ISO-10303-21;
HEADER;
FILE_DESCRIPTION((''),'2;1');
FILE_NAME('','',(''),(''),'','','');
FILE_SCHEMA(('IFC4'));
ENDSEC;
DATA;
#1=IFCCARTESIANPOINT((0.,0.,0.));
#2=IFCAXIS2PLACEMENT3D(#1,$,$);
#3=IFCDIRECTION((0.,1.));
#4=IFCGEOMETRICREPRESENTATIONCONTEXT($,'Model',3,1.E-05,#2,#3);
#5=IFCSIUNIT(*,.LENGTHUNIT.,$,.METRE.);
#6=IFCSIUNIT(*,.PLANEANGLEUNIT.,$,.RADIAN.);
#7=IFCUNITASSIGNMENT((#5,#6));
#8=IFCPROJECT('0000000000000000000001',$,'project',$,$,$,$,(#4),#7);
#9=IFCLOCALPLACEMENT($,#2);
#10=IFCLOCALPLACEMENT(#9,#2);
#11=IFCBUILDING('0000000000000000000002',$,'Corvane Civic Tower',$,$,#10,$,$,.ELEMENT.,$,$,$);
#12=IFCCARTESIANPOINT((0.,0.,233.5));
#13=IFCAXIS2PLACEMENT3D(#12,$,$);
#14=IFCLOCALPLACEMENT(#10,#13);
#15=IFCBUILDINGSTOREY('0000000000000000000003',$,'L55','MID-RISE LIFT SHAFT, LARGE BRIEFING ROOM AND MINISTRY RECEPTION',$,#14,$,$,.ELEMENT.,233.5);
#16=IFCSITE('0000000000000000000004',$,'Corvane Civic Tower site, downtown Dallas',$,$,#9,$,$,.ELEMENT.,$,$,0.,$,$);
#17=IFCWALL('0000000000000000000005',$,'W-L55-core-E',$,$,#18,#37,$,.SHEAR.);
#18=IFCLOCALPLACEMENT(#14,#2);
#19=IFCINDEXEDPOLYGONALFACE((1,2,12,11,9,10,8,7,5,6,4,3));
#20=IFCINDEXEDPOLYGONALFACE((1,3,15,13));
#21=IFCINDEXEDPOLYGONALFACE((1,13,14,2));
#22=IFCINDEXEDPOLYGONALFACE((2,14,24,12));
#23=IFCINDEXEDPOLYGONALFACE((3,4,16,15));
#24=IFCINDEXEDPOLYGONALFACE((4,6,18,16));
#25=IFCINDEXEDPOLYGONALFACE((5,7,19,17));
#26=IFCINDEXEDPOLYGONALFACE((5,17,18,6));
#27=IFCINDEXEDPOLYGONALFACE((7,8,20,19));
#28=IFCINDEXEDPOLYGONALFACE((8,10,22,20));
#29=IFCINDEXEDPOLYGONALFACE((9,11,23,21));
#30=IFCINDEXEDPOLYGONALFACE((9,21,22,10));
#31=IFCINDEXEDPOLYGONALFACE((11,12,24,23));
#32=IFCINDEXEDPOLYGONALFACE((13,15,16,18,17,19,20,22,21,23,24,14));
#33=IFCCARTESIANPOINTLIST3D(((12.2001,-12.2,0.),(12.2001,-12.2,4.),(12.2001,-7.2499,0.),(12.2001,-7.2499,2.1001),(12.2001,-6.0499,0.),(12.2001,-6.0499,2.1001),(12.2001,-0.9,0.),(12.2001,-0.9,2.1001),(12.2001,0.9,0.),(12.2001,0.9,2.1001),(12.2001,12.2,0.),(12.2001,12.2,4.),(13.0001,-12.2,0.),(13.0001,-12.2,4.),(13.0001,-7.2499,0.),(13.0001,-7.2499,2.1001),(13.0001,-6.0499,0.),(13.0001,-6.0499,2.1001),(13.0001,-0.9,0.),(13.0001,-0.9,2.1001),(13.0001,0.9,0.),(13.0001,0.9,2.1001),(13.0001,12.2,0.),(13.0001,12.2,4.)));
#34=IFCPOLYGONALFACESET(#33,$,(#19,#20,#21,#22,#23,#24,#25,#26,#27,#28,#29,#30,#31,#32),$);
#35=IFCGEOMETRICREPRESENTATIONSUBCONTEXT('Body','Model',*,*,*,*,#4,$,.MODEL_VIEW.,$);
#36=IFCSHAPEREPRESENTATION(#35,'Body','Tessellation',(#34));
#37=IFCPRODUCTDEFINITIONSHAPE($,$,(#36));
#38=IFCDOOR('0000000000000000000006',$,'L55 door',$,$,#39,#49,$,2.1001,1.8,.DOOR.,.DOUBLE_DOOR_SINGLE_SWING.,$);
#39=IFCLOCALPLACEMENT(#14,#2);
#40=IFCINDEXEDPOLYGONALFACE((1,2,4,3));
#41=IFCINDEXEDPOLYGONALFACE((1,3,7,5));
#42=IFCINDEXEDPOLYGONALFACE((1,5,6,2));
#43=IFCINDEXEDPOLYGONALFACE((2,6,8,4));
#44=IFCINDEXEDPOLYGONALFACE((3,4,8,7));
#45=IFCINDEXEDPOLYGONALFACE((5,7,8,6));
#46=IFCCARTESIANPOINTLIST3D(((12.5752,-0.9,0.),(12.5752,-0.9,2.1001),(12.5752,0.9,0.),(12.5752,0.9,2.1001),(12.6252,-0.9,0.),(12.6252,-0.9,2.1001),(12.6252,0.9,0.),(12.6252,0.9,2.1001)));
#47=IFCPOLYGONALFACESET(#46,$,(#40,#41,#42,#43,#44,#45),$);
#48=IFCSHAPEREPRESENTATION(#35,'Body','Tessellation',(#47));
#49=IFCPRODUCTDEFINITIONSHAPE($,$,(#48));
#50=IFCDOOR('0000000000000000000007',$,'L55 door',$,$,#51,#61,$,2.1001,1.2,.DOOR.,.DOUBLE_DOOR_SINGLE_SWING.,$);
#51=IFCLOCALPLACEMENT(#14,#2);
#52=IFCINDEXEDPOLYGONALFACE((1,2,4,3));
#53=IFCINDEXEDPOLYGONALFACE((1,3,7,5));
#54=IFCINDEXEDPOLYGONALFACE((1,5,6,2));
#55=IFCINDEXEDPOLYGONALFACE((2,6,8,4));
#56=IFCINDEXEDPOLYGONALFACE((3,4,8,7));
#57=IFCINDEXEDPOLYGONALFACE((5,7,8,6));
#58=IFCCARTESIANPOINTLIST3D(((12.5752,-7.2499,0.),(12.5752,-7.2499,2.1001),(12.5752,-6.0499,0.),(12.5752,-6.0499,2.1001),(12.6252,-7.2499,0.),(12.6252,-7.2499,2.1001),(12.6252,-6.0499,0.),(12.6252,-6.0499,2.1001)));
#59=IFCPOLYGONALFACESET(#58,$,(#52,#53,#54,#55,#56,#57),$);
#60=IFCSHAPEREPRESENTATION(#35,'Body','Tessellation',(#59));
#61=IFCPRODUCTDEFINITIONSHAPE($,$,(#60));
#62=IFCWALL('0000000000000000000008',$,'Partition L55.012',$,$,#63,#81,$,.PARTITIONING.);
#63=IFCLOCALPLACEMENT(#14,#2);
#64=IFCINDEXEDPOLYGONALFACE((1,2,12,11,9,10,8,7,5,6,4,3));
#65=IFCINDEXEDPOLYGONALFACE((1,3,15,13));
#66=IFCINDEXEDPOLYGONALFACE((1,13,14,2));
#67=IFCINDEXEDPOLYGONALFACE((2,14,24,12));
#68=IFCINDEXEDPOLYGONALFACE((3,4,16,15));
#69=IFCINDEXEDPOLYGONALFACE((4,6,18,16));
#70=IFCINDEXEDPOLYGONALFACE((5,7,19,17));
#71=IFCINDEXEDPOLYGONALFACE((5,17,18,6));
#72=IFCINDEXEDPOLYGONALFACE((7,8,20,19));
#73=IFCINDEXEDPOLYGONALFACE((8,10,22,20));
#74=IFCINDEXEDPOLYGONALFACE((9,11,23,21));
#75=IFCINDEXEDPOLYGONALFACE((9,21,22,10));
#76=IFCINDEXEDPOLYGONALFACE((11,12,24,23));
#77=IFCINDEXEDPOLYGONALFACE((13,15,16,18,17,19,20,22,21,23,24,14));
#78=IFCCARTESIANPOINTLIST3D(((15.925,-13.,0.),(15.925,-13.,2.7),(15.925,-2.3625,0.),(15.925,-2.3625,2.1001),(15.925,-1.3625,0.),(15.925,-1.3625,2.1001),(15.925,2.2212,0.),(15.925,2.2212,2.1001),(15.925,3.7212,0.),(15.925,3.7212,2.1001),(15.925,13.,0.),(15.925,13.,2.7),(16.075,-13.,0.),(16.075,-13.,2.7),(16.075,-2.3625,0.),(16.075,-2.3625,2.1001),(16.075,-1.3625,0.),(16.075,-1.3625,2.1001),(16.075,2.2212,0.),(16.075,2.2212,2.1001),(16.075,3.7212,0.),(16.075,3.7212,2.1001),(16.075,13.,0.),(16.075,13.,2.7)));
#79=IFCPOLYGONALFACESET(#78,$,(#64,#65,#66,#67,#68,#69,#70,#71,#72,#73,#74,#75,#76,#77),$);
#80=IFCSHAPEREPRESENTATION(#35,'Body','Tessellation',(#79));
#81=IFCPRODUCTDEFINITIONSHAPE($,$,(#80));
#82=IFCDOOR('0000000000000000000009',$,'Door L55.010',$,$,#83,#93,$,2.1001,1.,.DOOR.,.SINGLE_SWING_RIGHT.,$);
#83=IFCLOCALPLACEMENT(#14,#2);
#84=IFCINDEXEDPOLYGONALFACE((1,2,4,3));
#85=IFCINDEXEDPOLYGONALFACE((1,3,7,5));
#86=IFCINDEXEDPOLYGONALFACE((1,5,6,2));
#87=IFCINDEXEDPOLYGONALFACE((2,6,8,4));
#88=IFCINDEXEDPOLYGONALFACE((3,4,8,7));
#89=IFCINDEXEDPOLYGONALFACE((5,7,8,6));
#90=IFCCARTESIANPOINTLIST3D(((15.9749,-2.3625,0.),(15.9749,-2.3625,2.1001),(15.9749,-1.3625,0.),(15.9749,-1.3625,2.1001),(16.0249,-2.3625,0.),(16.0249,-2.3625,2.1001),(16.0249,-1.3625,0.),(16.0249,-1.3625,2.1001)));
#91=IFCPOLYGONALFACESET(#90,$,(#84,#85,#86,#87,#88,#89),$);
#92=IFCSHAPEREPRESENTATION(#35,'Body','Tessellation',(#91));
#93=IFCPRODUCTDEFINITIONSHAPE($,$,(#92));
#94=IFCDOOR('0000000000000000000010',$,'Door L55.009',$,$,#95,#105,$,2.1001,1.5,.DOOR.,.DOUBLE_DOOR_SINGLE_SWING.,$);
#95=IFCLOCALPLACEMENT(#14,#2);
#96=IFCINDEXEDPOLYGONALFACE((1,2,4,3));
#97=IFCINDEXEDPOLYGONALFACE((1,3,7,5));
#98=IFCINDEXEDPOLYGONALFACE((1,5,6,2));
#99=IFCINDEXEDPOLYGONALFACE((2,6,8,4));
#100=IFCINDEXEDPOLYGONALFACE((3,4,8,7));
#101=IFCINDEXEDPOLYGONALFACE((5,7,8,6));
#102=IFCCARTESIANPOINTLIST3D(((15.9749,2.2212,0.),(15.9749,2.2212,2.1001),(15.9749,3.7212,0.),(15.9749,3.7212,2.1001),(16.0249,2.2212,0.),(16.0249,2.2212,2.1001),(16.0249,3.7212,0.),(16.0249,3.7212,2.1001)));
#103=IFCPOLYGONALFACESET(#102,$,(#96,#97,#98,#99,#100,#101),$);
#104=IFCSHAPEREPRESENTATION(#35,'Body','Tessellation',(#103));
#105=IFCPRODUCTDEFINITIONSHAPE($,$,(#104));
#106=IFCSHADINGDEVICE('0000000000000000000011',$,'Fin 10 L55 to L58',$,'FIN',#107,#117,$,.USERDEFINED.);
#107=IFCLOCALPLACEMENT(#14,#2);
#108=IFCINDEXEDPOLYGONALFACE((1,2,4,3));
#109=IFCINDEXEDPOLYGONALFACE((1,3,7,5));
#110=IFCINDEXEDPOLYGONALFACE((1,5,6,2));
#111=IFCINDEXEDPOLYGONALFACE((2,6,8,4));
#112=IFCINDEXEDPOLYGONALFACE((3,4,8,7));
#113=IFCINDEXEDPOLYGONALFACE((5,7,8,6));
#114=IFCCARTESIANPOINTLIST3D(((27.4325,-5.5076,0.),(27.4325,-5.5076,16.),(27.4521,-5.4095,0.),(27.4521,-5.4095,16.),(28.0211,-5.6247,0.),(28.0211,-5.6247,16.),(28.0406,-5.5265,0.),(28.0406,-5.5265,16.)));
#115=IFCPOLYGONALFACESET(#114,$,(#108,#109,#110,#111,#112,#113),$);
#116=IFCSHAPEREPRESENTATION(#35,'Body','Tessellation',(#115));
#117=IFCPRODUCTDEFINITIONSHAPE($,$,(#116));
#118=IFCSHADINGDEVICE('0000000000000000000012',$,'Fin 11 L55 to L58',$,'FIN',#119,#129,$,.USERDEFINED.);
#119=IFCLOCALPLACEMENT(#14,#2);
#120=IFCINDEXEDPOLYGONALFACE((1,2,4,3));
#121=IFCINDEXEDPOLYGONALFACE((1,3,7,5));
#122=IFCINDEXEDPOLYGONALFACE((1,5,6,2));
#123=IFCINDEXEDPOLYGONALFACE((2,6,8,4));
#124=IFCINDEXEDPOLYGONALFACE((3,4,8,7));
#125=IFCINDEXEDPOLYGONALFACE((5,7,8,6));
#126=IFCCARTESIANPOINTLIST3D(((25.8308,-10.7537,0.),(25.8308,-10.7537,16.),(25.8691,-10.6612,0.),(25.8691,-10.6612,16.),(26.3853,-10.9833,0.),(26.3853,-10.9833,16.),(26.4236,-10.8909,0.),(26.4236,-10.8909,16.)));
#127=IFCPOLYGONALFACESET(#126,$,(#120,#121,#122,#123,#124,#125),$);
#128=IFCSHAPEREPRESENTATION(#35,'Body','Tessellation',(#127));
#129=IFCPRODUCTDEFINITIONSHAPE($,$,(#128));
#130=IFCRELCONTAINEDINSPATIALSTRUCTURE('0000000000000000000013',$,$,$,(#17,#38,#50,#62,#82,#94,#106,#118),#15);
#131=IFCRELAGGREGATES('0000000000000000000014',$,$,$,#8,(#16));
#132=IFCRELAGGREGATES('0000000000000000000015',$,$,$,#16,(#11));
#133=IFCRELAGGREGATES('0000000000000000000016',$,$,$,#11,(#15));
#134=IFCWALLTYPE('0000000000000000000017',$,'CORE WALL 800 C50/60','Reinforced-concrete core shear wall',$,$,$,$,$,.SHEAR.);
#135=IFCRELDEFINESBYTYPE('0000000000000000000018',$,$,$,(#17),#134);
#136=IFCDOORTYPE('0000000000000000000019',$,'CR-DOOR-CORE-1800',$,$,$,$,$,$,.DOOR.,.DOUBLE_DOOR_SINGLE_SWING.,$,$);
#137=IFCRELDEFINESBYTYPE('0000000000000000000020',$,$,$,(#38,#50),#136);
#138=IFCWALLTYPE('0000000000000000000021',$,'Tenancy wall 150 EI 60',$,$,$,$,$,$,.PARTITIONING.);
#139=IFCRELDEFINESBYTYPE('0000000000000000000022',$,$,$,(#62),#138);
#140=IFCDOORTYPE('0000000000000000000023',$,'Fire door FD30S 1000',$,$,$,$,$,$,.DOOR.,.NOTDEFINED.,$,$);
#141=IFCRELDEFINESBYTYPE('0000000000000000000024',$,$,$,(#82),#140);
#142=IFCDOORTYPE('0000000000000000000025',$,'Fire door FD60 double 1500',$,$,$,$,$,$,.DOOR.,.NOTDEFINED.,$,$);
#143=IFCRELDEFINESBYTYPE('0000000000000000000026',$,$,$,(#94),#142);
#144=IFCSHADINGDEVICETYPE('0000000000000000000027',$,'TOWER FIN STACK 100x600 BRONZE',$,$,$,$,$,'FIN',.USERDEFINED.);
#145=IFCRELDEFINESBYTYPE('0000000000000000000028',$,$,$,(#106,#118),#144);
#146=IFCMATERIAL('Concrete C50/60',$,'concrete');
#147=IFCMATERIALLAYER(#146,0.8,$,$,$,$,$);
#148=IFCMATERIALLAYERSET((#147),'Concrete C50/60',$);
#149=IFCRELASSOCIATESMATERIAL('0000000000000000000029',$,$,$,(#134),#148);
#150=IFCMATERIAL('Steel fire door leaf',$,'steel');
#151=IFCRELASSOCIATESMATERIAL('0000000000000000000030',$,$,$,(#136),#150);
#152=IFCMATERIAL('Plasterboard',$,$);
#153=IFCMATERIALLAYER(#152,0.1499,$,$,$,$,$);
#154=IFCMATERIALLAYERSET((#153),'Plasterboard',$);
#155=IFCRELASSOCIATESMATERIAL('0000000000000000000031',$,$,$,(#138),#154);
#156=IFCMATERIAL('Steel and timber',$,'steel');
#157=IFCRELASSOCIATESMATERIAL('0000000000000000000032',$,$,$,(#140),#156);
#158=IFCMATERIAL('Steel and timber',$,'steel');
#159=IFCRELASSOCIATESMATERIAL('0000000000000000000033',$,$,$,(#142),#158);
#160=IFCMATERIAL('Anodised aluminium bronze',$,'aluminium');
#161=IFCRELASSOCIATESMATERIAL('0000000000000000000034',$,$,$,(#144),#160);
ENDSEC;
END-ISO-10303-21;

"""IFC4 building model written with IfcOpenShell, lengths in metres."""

from ifc_helpers import new_model, si_unit, direction, frame, frame_2d, origin, origin_2d, place, context, subcontext, project, spatial, rectangle, extrude, material, layer, layer_set, material_profile, profile_set, type_object, element, fill, save


model = new_model("IFC4")

# Units and contexts
model_context = context("Model", 3, precision=1e-05, world=origin(), true_north=direction((0.0, 1.0)))
body_context = subcontext(model_context, "Body", "Model", "MODEL_VIEW")
ifc_project = project(units=[si_unit("LENGTHUNIT", "METRE"), si_unit("PLANEANGLEUNIT", "RADIAN")], contexts=[model_context])

# Site, building, storey
site_placement = place(None, origin())
site = spatial("IfcSite", under=ifc_project, at=site_placement, Name="Corvane Civic Tower site, downtown Dallas", CompositionType="ELEMENT", RefElevation=0.0)
building_placement = place(site_placement, origin())
building = spatial("IfcBuilding", under=site, at=building_placement, Name="Corvane Civic Tower", CompositionType="ELEMENT")
storey_placement = place(building_placement, frame((0.0, 0.0, 233.5)))
storey = spatial("IfcBuildingStorey", under=building, at=storey_placement, Name="L55", Description="MID-RISE LIFT SHAFT, LARGE BRIEFING ROOM AND MINISTRY RECEPTION", CompositionType="ELEMENT", Elevation=233.5)

# Walls, openings, doors
ifc_material_1 = material(Name="Concrete C50/60", Category="concrete")
ifc_layer_1 = layer(ifc_material_1, 0.8)
ifc_layer_set_1 = layer_set([ifc_layer_1], Name="Concrete C50/60")
wall_type_1 = type_object("IfcWallType", Name="CORE WALL 800 C50/60", Description="Reinforced-concrete core shear wall", PredefinedType="SHEAR", material=ifc_layer_set_1)
wall_1_placement = place(storey_placement, frame((12.6001, -12.2, 0.0), z_axis=(0.0, 0.0, 1.0), x_axis=(0.0, 1.0, 0.0)))
wall_1 = element("IfcWall", 1, at=wall_1_placement, inside=storey, type_object=wall_type_1, Name="W-L55-core-E", PredefinedType="SHEAR", context=body_context, shape_type="SweptSolid", body=[
    extrude(rectangle(XDim=24.3999, YDim=0.8, at=frame_2d((12.2, 0.0))), origin(), (0.0, 0.0, 1.0), 4.0),
])
opening_1_placement = place(wall_1_placement, frame((11.3, 0.0, 0.0)))
opening_1 = element("IfcOpeningElement", 2, at=opening_1_placement, cuts=wall_1, PredefinedType="OPENING", context=body_context, shape_type="SweptSolid", body=[
    extrude(rectangle(XDim=1.8, YDim=2.1001, at=frame_2d((0.8999, 1.05))), frame((0.0, 0.4099, 0.0), z_axis=(0.0, -1.0, 0.0), x_axis=(1.0, 0.0, 0.0)), (0.0, 0.0, 1.0), 0.8201),
])
opening_2_placement = place(wall_1_placement, frame((4.95, 0.0, 0.0)))
opening_2 = element("IfcOpeningElement", 3, at=opening_2_placement, cuts=wall_1, PredefinedType="OPENING", context=body_context, shape_type="SweptSolid", body=[
    extrude(rectangle(XDim=1.2, YDim=2.1001, at=frame_2d((0.6001, 1.05))), frame((0.0, 0.4099, 0.0), z_axis=(0.0, -1.0, 0.0), x_axis=(1.0, 0.0, 0.0)), (0.0, 0.0, 1.0), 0.8201),
])
ifc_material_2 = material(Name="Steel fire door leaf", Category="steel")
door_type_1 = type_object("IfcDoorType", Name="CR-DOOR-CORE-1800", OperationType="DOUBLE_DOOR_SINGLE_SWING", PredefinedType="DOOR", material=ifc_material_2)
door_1_placement = place(opening_1_placement, origin())
door_1 = element("IfcDoor", 4, at=door_1_placement, inside=storey, type_object=door_type_1, Name="L55 door", OperationType="DOUBLE_DOOR_SINGLE_SWING", OverallHeight=2.1001, OverallWidth=1.8, PredefinedType="DOOR", context=body_context, shape_type="SweptSolid", body=[
    extrude(rectangle(XDim=1.8, YDim=2.1001, at=frame_2d((0.8999, 1.05))), frame((0.0, 0.0249, 0.0), z_axis=(0.0, -1.0, 0.0), x_axis=(1.0, 0.0, 0.0)), (0.0, 0.0, 1.0), 0.05),
])
fill(opening_1, door_1)
door_2_placement = place(opening_2_placement, origin())
door_2 = element("IfcDoor", 5, at=door_2_placement, inside=storey, type_object=door_type_1, Name="L55 door", OperationType="DOUBLE_DOOR_SINGLE_SWING", OverallHeight=2.1001, OverallWidth=1.2, PredefinedType="DOOR", context=body_context, shape_type="SweptSolid", body=[
    extrude(rectangle(XDim=1.2, YDim=2.1001, at=frame_2d((0.6001, 1.05))), frame((0.0, 0.0249, 0.0), z_axis=(0.0, -1.0, 0.0), x_axis=(1.0, 0.0, 0.0)), (0.0, 0.0, 1.0), 0.05),
])
fill(opening_2, door_2)
ifc_material_3 = material(Name="Plasterboard")
ifc_layer_2 = layer(ifc_material_3, 0.1499)
ifc_layer_set_2 = layer_set([ifc_layer_2], Name="Plasterboard")
wall_type_2 = type_object("IfcWallType", Name="Tenancy wall 150 EI 60", PredefinedType="PARTITIONING", material=ifc_layer_set_2)
wall_2_placement = place(storey_placement, frame((16.0, -13.0, 0.0), z_axis=(0.0, 0.0, 1.0), x_axis=(0.0, 1.0, 0.0)))
wall_2 = element("IfcWall", 6, at=wall_2_placement, inside=storey, type_object=wall_type_2, Name="Partition L55.012", PredefinedType="PARTITIONING", context=body_context, shape_type="SweptSolid", body=[
    extrude(rectangle(XDim=26.0, YDim=0.1499, at=frame_2d((13.0, 0.0))), origin(), (0.0, 0.0, 1.0), 2.7),
])
opening_3_placement = place(wall_2_placement, frame((15.2212, 0.0, 0.0)))
opening_3 = element("IfcOpeningElement", 7, at=opening_3_placement, cuts=wall_2, PredefinedType="OPENING", context=body_context, shape_type="SweptSolid", body=[
    extrude(rectangle(XDim=1.5, YDim=2.1001, at=frame_2d((0.75, 1.05))), frame((0.0, 0.085, 0.0), z_axis=(0.0, -1.0, 0.0), x_axis=(1.0, 0.0, 0.0)), (0.0, 0.0, 1.0), 0.1699),
])
opening_4_placement = place(wall_2_placement, frame((10.6375, 0.0, 0.0)))
opening_4 = element("IfcOpeningElement", 8, at=opening_4_placement, cuts=wall_2, PredefinedType="OPENING", context=body_context, shape_type="SweptSolid", body=[
    extrude(rectangle(XDim=1.0, YDim=2.1001, at=frame_2d((0.5, 1.05))), frame((0.0, 0.085, 0.0), z_axis=(0.0, -1.0, 0.0), x_axis=(1.0, 0.0, 0.0)), (0.0, 0.0, 1.0), 0.1699),
])
ifc_material_4 = material(Name="Steel and timber", Category="steel")
door_type_2 = type_object("IfcDoorType", Name="Fire door FD30S 1000", OperationType="NOTDEFINED", PredefinedType="DOOR", material=ifc_material_4)
door_3_placement = place(opening_4_placement, frame((1.0, 0.0, 0.0), z_axis=(0.0, 0.0, 1.0), x_axis=(-1.0, 0.0, 0.0)))
door_3 = element("IfcDoor", 9, at=door_3_placement, inside=storey, type_object=door_type_2, Name="Door L55.010", OperationType="SINGLE_SWING_RIGHT", OverallHeight=2.1001, OverallWidth=1.0, PredefinedType="DOOR", context=body_context, shape_type="SweptSolid", body=[
    extrude(rectangle(XDim=1.0, YDim=2.1001, at=frame_2d((0.5, 1.05))), frame((0.0, 0.0249, 0.0), z_axis=(0.0, -1.0, 0.0), x_axis=(1.0, 0.0, 0.0)), (0.0, 0.0, 1.0), 0.05),
])
fill(opening_4, door_3)
ifc_material_5 = material(Name="Steel and timber", Category="steel")
door_type_3 = type_object("IfcDoorType", Name="Fire door FD60 double 1500", OperationType="NOTDEFINED", PredefinedType="DOOR", material=ifc_material_5)
door_4_placement = place(opening_3_placement, frame((1.5, 0.0, 0.0), z_axis=(0.0, 0.0, 1.0), x_axis=(-1.0, 0.0, 0.0)))
door_4 = element("IfcDoor", 10, at=door_4_placement, inside=storey, type_object=door_type_3, Name="Door L55.009", OperationType="DOUBLE_DOOR_SINGLE_SWING", OverallHeight=2.1001, OverallWidth=1.5, PredefinedType="DOOR", context=body_context, shape_type="SweptSolid", body=[
    extrude(rectangle(XDim=1.5, YDim=2.1001, at=frame_2d((0.75, 1.05))), frame((0.0, 0.0249, 0.0), z_axis=(0.0, -1.0, 0.0), x_axis=(1.0, 0.0, 0.0)), (0.0, 0.0, 1.0), 0.05),
])
fill(opening_3, door_4)

# Shading devices
ifc_material_6 = material(Name="Anodised aluminium bronze", Category="aluminium")
ifc_material_profile_1 = material_profile(ifc_material_6, rectangle(XDim=0.1001, YDim=0.6001, at=origin_2d()), Name="TOWER FIN STACK 100x600 BRONZE")
ifc_profile_set_1 = profile_set([ifc_material_profile_1], Name="Anodised aluminium bronze")
shading_device_type = type_object("IfcShadingDeviceType", Name="TOWER FIN STACK 100x600 BRONZE", ElementType="FIN", PredefinedType="USERDEFINED", material=ifc_profile_set_1)
for number, where, z_axis, x_axis, name in (
    (11, (27.7366, -5.5171, 0.0), (0.0, 0.0, 1.0), (-0.19509, -0.980785, 0.0), "Fin 10 L55 to L58"),
    (12, (26.1272, -10.8223, 0.0), (0.0, 0.0, 1.0), (-0.382683, -0.92388, 0.0), "Fin 11 L55 to L58"),
):
    element("IfcShadingDevice", number, at=place(storey_placement, frame(where, z_axis=z_axis, x_axis=x_axis)), inside=storey, type_object=shading_device_type, Name=name, ObjectType="FIN", PredefinedType="USERDEFINED", context=body_context, shape_type="SweptSolid", body=[
        extrude(rectangle(XDim=0.1001, YDim=0.6001, at=origin_2d()), origin(), (0.0, 0.0, 1.0), 16.0),
    ])

save(model, "model.ifc")
